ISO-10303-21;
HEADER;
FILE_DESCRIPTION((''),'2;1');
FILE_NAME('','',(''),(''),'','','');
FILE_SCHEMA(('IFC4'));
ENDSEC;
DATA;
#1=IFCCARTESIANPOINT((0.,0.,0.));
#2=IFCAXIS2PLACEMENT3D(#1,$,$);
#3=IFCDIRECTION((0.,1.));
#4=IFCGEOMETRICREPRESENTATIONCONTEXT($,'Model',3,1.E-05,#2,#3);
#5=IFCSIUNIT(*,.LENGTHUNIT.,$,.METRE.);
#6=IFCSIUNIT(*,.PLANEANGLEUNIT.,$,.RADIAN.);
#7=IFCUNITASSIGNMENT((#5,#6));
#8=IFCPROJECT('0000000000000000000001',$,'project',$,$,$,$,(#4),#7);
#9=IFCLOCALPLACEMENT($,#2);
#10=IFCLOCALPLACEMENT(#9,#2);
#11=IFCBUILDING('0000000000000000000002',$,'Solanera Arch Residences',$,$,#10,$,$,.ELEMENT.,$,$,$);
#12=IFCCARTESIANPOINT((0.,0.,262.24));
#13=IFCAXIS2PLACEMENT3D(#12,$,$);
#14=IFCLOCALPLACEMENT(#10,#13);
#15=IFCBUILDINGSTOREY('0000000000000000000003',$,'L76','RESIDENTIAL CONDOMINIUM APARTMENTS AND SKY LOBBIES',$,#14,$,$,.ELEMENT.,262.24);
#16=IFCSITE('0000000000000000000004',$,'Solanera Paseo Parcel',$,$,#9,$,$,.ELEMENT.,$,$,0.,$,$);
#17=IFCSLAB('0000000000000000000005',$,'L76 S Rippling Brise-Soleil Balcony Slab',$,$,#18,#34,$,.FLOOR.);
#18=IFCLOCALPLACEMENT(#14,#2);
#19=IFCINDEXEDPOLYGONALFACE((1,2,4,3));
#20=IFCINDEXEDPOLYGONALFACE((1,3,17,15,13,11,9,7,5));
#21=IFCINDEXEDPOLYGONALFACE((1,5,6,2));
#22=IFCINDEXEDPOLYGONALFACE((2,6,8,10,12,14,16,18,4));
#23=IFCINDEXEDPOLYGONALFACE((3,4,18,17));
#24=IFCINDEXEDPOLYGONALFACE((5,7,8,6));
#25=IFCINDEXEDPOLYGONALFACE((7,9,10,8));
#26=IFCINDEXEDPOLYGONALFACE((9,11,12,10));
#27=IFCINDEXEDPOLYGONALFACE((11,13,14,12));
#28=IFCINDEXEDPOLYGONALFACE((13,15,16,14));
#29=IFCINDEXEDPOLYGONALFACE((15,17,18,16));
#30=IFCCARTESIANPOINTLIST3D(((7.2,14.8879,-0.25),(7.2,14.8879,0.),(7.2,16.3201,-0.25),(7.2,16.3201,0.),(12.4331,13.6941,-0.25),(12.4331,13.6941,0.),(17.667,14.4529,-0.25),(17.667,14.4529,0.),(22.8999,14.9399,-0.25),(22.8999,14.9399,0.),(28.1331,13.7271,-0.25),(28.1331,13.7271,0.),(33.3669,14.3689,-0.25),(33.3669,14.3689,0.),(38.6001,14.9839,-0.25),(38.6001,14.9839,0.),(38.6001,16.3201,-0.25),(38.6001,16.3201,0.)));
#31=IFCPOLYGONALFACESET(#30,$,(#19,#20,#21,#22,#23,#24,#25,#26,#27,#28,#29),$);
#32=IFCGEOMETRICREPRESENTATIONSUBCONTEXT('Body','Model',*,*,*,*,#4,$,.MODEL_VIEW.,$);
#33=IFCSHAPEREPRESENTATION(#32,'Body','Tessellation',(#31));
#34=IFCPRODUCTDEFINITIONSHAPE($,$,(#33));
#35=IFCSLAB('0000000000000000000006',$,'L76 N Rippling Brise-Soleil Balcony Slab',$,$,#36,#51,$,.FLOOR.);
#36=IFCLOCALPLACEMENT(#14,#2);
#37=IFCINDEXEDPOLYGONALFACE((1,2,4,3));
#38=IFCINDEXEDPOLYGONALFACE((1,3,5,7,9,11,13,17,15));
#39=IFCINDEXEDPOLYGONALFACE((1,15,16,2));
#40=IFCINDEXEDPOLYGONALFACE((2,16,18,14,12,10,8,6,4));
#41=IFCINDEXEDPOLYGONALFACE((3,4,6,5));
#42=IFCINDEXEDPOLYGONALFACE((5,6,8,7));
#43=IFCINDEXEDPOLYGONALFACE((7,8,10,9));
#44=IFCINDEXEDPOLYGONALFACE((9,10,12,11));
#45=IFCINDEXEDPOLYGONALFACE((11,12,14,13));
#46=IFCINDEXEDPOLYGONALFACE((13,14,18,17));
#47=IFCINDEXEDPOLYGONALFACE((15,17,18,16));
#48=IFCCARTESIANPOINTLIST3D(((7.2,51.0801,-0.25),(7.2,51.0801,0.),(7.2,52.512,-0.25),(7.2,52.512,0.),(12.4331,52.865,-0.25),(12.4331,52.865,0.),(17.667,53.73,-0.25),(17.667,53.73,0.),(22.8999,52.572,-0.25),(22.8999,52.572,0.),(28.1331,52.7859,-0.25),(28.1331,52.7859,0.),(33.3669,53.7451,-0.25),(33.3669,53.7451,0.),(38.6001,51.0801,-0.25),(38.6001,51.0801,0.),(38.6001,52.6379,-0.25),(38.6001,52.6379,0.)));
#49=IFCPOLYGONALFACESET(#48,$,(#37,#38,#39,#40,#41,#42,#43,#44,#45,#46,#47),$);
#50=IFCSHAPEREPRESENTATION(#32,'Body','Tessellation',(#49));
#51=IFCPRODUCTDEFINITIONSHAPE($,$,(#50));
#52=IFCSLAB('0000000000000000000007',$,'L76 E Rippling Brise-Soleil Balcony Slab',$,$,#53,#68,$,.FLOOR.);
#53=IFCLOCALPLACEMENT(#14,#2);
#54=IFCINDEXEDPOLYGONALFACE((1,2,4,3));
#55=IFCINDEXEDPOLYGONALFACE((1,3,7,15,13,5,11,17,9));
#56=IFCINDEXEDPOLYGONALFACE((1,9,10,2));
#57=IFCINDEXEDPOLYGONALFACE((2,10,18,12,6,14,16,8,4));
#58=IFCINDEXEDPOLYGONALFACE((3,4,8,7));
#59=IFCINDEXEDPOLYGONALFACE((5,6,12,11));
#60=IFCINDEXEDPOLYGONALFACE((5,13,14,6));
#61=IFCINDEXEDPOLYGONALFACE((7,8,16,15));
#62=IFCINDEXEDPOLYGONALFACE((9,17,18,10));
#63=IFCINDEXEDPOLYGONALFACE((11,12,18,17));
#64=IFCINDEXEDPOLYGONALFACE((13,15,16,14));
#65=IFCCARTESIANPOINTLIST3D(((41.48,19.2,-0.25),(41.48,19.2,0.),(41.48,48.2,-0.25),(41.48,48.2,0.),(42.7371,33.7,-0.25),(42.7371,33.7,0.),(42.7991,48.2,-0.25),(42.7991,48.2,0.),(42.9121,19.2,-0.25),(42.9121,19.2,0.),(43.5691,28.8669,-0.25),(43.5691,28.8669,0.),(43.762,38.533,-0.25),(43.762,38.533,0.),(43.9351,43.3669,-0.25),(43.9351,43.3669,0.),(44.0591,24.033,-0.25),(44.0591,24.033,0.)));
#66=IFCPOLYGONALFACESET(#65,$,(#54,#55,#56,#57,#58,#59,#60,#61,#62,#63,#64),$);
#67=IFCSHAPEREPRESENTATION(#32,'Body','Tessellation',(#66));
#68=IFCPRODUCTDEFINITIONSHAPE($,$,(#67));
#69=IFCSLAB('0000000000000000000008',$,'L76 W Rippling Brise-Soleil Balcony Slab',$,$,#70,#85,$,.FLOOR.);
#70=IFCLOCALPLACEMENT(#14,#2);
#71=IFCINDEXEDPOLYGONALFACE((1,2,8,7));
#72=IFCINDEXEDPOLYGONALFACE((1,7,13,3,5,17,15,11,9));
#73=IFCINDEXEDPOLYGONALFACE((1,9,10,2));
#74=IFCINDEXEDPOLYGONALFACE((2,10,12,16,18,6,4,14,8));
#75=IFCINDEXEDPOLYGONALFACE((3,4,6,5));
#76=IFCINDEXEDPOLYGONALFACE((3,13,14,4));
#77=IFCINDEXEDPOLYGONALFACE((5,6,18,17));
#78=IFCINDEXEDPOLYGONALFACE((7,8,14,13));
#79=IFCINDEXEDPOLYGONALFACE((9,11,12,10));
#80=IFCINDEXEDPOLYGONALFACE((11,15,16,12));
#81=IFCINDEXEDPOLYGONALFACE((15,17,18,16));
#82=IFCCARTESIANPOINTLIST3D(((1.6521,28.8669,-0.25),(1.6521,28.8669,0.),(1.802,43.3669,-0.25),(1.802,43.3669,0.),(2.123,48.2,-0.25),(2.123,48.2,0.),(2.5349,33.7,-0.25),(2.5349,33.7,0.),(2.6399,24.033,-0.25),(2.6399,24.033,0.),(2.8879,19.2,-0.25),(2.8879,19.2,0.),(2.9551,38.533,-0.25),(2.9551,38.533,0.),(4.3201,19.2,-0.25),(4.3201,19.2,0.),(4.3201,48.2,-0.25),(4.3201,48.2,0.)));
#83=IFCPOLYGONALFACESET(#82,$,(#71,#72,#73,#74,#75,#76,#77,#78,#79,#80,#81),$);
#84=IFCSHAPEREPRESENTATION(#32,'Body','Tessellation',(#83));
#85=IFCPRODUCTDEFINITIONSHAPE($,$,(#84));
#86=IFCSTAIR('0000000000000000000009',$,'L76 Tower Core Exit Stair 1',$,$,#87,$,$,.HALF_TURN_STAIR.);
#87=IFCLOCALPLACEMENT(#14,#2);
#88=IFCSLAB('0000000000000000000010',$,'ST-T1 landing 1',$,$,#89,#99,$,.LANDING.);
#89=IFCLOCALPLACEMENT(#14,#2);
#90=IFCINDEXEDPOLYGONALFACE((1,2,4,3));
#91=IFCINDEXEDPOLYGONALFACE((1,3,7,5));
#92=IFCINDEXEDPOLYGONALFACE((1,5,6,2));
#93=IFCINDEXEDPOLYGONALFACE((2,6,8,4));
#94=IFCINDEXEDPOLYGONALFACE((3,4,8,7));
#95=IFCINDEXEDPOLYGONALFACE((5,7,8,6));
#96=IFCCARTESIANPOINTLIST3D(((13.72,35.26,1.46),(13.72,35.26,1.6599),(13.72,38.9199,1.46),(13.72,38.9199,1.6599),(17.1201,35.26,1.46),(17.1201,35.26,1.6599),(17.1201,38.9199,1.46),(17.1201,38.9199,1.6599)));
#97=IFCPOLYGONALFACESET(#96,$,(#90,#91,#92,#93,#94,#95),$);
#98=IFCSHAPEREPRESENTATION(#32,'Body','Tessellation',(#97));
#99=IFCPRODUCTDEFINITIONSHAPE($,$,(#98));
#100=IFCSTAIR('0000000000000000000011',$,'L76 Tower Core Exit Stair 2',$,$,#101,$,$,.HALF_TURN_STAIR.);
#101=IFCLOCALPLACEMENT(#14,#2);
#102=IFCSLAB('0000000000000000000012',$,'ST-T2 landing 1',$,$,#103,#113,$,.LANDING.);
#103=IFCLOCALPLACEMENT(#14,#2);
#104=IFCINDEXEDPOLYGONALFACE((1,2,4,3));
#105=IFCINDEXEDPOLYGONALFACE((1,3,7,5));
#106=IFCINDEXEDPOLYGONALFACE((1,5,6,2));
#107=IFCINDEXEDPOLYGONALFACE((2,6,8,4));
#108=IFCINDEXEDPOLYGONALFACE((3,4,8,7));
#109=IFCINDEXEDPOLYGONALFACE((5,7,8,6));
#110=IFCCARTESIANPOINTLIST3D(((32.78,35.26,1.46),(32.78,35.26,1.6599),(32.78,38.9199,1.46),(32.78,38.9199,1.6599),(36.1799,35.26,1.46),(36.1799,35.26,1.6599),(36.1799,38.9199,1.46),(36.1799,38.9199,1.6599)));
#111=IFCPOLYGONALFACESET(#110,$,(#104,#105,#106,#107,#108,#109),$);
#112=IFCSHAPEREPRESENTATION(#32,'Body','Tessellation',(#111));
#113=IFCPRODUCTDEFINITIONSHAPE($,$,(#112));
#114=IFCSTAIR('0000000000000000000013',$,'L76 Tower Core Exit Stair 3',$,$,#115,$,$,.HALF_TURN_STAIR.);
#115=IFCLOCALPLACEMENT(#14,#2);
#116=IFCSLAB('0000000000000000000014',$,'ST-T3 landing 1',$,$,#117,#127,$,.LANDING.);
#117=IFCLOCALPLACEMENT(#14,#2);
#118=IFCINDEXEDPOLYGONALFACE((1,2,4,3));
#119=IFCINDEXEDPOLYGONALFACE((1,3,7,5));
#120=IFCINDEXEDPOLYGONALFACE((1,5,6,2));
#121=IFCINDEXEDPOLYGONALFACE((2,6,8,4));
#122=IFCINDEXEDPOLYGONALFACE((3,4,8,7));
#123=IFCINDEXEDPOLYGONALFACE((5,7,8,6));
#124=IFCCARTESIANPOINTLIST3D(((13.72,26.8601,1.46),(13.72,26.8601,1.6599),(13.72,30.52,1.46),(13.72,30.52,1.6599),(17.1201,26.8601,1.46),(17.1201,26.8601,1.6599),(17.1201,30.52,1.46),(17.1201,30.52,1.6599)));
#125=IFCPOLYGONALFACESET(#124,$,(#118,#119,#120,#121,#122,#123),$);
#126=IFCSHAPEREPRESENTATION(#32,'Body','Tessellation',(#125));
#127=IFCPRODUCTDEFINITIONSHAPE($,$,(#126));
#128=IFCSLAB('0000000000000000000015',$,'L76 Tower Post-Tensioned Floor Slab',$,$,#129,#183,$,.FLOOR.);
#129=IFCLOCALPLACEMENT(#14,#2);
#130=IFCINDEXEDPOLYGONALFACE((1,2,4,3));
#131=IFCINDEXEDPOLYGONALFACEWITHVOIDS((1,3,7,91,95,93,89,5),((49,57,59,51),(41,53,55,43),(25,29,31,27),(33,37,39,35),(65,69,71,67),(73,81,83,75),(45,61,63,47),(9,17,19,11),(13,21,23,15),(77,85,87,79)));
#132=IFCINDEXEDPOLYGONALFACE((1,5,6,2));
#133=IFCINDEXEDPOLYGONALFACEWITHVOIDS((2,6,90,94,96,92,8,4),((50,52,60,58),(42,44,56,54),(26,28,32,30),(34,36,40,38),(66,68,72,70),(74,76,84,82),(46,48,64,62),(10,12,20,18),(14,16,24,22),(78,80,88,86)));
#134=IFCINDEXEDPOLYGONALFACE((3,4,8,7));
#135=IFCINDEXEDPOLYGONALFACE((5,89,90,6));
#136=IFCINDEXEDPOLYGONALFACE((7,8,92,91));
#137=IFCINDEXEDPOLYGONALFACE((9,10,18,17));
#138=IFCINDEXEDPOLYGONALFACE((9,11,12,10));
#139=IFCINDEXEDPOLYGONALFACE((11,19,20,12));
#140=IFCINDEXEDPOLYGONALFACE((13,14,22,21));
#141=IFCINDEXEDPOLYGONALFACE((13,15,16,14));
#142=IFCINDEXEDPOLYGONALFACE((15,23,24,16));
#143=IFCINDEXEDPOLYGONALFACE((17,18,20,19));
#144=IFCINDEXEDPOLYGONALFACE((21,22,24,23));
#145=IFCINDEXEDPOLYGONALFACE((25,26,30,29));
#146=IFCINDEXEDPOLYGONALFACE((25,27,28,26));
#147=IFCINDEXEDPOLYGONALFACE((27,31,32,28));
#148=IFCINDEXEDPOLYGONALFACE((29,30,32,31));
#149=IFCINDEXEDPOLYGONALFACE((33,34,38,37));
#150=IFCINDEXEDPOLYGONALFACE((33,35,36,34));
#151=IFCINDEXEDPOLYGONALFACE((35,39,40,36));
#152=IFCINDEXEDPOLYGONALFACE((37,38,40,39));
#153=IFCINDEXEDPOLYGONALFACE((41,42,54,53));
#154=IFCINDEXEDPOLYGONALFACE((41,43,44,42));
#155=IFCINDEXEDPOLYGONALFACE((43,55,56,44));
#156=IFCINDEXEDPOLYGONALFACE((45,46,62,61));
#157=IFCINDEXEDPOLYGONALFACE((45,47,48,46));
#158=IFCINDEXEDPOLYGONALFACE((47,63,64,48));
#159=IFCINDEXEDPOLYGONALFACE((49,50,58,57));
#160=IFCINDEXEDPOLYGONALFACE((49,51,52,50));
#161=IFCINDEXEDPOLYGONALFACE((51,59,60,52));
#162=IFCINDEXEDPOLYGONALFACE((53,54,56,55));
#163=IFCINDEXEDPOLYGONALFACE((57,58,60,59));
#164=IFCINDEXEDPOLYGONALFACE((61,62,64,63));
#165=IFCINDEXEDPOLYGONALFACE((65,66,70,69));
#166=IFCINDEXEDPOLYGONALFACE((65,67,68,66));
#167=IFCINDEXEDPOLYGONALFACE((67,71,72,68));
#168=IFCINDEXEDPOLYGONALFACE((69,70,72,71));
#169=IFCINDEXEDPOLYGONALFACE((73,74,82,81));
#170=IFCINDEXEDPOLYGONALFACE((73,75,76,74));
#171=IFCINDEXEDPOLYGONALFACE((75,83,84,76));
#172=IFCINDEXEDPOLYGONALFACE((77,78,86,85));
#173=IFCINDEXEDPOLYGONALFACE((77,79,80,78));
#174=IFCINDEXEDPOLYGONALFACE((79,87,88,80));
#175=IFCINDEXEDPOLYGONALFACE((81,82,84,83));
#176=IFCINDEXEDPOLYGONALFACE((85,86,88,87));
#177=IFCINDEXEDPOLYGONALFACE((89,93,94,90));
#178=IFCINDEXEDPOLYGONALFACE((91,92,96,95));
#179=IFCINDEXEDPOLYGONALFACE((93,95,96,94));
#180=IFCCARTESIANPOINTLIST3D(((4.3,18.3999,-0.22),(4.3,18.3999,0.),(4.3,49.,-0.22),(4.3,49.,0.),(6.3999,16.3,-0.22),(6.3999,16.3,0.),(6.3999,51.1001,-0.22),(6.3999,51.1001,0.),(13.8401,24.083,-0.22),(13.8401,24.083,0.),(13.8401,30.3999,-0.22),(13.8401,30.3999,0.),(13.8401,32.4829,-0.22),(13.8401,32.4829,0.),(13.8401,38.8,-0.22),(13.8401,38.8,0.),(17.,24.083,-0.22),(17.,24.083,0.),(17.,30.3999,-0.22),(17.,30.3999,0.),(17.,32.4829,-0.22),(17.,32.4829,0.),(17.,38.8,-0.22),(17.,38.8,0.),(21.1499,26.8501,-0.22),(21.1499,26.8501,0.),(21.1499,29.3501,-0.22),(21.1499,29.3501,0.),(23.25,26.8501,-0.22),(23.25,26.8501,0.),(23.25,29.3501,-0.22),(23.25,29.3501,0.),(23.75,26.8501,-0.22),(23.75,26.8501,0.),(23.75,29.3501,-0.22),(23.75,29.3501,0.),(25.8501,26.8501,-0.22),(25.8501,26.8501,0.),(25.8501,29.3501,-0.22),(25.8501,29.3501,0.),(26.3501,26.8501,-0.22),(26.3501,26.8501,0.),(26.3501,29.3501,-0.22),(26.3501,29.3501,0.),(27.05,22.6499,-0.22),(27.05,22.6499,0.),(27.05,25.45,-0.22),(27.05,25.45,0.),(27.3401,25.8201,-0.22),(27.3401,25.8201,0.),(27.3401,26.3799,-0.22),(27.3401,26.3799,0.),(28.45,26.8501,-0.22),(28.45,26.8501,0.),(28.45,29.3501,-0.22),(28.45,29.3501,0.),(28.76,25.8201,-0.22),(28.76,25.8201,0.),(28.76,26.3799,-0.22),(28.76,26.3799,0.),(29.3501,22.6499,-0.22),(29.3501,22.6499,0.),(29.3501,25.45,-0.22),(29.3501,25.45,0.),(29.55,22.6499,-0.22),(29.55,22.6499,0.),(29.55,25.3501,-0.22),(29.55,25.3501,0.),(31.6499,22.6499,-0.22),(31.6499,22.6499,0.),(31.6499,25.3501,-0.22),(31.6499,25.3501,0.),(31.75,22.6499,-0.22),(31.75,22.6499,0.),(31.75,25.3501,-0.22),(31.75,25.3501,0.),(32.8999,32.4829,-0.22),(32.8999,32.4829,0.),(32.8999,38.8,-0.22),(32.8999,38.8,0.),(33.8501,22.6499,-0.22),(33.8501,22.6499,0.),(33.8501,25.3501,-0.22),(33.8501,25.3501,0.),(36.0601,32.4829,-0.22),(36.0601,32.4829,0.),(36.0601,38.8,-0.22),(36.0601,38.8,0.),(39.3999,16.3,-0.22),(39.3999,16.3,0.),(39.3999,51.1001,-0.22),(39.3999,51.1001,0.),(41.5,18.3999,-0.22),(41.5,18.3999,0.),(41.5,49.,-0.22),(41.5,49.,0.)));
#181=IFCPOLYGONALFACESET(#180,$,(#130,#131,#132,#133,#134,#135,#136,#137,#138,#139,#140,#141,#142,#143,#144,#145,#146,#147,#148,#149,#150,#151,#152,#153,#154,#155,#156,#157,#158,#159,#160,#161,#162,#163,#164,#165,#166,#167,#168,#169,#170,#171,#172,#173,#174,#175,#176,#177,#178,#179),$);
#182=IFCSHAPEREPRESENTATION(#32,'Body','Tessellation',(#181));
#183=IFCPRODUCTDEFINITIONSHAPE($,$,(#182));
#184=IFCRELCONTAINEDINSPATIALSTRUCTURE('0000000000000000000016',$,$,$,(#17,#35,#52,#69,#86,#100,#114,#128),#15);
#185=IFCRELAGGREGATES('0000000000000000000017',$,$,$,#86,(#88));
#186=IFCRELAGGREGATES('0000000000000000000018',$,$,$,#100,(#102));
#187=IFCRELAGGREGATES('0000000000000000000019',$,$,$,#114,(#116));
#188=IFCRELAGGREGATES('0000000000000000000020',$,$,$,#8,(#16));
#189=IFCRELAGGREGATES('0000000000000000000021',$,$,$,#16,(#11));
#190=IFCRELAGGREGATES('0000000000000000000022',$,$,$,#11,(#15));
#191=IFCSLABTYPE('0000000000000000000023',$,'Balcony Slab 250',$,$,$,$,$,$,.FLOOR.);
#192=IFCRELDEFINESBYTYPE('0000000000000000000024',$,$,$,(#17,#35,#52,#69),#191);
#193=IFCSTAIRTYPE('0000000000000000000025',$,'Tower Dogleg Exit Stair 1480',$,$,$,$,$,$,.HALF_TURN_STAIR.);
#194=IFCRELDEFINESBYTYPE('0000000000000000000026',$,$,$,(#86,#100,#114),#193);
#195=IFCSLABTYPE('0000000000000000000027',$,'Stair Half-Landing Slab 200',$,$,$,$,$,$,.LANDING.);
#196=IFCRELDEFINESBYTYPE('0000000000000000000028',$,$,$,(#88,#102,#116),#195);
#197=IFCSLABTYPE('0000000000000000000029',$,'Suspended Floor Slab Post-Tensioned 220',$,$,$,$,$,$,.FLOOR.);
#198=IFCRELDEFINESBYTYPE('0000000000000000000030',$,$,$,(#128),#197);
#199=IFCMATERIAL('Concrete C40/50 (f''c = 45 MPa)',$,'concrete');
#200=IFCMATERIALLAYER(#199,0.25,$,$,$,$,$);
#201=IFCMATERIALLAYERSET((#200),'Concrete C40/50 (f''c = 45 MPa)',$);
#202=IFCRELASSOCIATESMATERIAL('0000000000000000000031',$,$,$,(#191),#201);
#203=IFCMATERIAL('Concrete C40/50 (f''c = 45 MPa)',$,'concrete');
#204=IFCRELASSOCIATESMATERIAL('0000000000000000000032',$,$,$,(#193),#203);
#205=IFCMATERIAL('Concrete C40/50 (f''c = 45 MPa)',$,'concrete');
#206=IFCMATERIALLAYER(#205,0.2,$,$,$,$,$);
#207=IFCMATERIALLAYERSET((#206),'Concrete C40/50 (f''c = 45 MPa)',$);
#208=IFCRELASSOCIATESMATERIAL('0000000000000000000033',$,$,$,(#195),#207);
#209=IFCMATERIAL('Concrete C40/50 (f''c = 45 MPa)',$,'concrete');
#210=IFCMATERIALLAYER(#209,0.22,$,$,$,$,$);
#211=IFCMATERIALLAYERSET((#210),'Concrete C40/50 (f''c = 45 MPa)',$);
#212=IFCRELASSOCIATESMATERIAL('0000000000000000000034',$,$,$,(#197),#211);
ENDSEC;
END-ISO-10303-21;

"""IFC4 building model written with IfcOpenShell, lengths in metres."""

from ifc_helpers import new_model, si_unit, direction, frame, origin, place, context, subcontext, project, spatial, polyline, outline, extrude, material, layer, layer_set, type_object, element, aggregate, save


model = new_model("IFC4")

# Units and contexts
model_context = context("Model", 3, precision=1e-05, world=origin(), true_north=direction((0.0, 1.0)))
body_context = subcontext(model_context, "Body", "Model", "MODEL_VIEW")
ifc_project = project(units=[si_unit("LENGTHUNIT", "METRE"), si_unit("PLANEANGLEUNIT", "RADIAN")], contexts=[model_context])

# Site, building, storey
site_placement = place(None, origin())
site = spatial("IfcSite", under=ifc_project, at=site_placement, Name="Solanera Paseo Parcel", CompositionType="ELEMENT", RefElevation=0.0)
building_placement = place(site_placement, origin())
building = spatial("IfcBuilding", under=site, at=building_placement, Name="Solanera Arch Residences", CompositionType="ELEMENT")
storey_placement = place(building_placement, frame((0.0, 0.0, 262.24)))
storey = spatial("IfcBuildingStorey", under=building, at=storey_placement, Name="L76", Description="RESIDENTIAL CONDOMINIUM APARTMENTS AND SKY LOBBIES", CompositionType="ELEMENT", Elevation=262.24)

# Slabs
ifc_material_1 = material(Name="Concrete C40/50 (f'c = 45 MPa)", Category="concrete")
ifc_layer_1 = layer(ifc_material_1, 0.25)
ifc_layer_set_1 = layer_set([ifc_layer_1], Name="Concrete C40/50 (f'c = 45 MPa)")
slab_type_1 = type_object("IfcSlabType", Name="Balcony Slab 250", PredefinedType="FLOOR", material=ifc_layer_set_1)
slab_1_placement = place(storey_placement, frame((0.0, 0.0, -0.25)))
element("IfcSlab", 1, at=slab_1_placement, inside=storey, type_object=slab_type_1, Name="L76 S Rippling Brise-Soleil Balcony Slab", PredefinedType="FLOOR", context=body_context, shape_type="SweptSolid", body=[
    extrude(outline(polyline([(7.2, 14.8879), (12.4331, 13.6941), (17.667, 14.4529), (22.8999, 14.9399), (28.1331, 13.7271), (33.3669, 14.3689), (38.6001, 14.9839), (38.6001, 16.3201), (7.2, 16.3201), (7.2, 14.8879)])), origin(), (0.0, 0.0, 1.0), 0.25),
])
slab_2_placement = place(storey_placement, frame((0.0, 0.0, -0.25)))
element("IfcSlab", 2, at=slab_2_placement, inside=storey, type_object=slab_type_1, Name="L76 N Rippling Brise-Soleil Balcony Slab", PredefinedType="FLOOR", context=body_context, shape_type="SweptSolid", body=[
    extrude(outline(polyline([(38.6001, 52.6379), (33.3669, 53.7451), (28.1331, 52.7859), (22.8999, 52.572), (17.667, 53.73), (12.4331, 52.865), (7.2, 52.512), (7.2, 51.0801), (38.6001, 51.0801), (38.6001, 52.6379)])), origin(), (0.0, 0.0, 1.0), 0.25),
])
slab_3_placement = place(storey_placement, frame((0.0, 0.0, -0.25)))
element("IfcSlab", 3, at=slab_3_placement, inside=storey, type_object=slab_type_1, Name="L76 E Rippling Brise-Soleil Balcony Slab", PredefinedType="FLOOR", context=body_context, shape_type="SweptSolid", body=[
    extrude(outline(polyline([(42.9121, 19.2), (44.0591, 24.033), (43.5691, 28.8669), (42.7371, 33.7), (43.762, 38.533), (43.9351, 43.3669), (42.7991, 48.2), (41.48, 48.2), (41.48, 19.2), (42.9121, 19.2)])), origin(), (0.0, 0.0, 1.0), 0.25),
])
slab_4_placement = place(storey_placement, frame((0.0, 0.0, -0.25)))
element("IfcSlab", 4, at=slab_4_placement, inside=storey, type_object=slab_type_1, Name="L76 W Rippling Brise-Soleil Balcony Slab", PredefinedType="FLOOR", context=body_context, shape_type="SweptSolid", body=[
    extrude(outline(polyline([(2.123, 48.2), (1.802, 43.3669), (2.9551, 38.533), (2.5349, 33.7), (1.6521, 28.8669), (2.6399, 24.033), (2.8879, 19.2), (4.3201, 19.2), (4.3201, 48.2), (2.123, 48.2)])), origin(), (0.0, 0.0, 1.0), 0.25),
])

# Stairs, slabs
ifc_material_2 = material(Name="Concrete C40/50 (f'c = 45 MPa)", Category="concrete")
stair_type = type_object("IfcStairType", Name="Tower Dogleg Exit Stair 1480", PredefinedType="HALF_TURN_STAIR", material=ifc_material_2)
stair_1_placement = place(storey_placement, origin())
stair_1 = element("IfcStair", 5, at=stair_1_placement, inside=storey, type_object=stair_type, Name="L76 Tower Core Exit Stair 1", PredefinedType="HALF_TURN_STAIR")
ifc_material_3 = material(Name="Concrete C40/50 (f'c = 45 MPa)", Category="concrete")
ifc_layer_2 = layer(ifc_material_3, 0.2)
ifc_layer_set_2 = layer_set([ifc_layer_2], Name="Concrete C40/50 (f'c = 45 MPa)")
slab_type_2 = type_object("IfcSlabType", Name="Stair Half-Landing Slab 200", PredefinedType="LANDING", material=ifc_layer_set_2)
slab_5_placement = place(storey_placement, frame((0.0, 0.0, 1.46)))
slab_5 = element("IfcSlab", 6, at=slab_5_placement, type_object=slab_type_2, Name="ST-T1 landing 1", PredefinedType="LANDING", context=body_context, shape_type="SweptSolid", body=[
    extrude(outline(polyline([(17.1201, 35.26), (17.1201, 38.9199), (13.72, 38.9199), (13.72, 35.26), (17.1201, 35.26)])), origin(), (0.0, 0.0, 1.0), 0.2),
])
aggregate(stair_1, [slab_5])
stair_2_placement = place(storey_placement, origin())
stair_2 = element("IfcStair", 7, at=stair_2_placement, inside=storey, type_object=stair_type, Name="L76 Tower Core Exit Stair 2", PredefinedType="HALF_TURN_STAIR")
slab_6_placement = place(storey_placement, frame((0.0, 0.0, 1.46)))
slab_6 = element("IfcSlab", 8, at=slab_6_placement, type_object=slab_type_2, Name="ST-T2 landing 1", PredefinedType="LANDING", context=body_context, shape_type="SweptSolid", body=[
    extrude(outline(polyline([(36.1799, 35.26), (36.1799, 38.9199), (32.78, 38.9199), (32.78, 35.26), (36.1799, 35.26)])), origin(), (0.0, 0.0, 1.0), 0.2),
])
aggregate(stair_2, [slab_6])
stair_3_placement = place(storey_placement, origin())
stair_3 = element("IfcStair", 9, at=stair_3_placement, inside=storey, type_object=stair_type, Name="L76 Tower Core Exit Stair 3", PredefinedType="HALF_TURN_STAIR")
slab_7_placement = place(storey_placement, frame((0.0, 0.0, 1.46)))
slab_7 = element("IfcSlab", 10, at=slab_7_placement, type_object=slab_type_2, Name="ST-T3 landing 1", PredefinedType="LANDING", context=body_context, shape_type="SweptSolid", body=[
    extrude(outline(polyline([(17.1201, 26.8601), (17.1201, 30.52), (13.72, 30.52), (13.72, 26.8601), (17.1201, 26.8601)])), origin(), (0.0, 0.0, 1.0), 0.2),
])
aggregate(stair_3, [slab_7])

# Slab
ifc_material_4 = material(Name="Concrete C40/50 (f'c = 45 MPa)", Category="concrete")
ifc_layer_3 = layer(ifc_material_4, 0.22)
ifc_layer_set_3 = layer_set([ifc_layer_3], Name="Concrete C40/50 (f'c = 45 MPa)")
slab_type_3 = type_object("IfcSlabType", Name="Suspended Floor Slab Post-Tensioned 220", PredefinedType="FLOOR", material=ifc_layer_set_3)
slab_8_placement = place(storey_placement, frame((0.0, 0.0, -0.22)))
element("IfcSlab", 11, at=slab_8_placement, inside=storey, type_object=slab_type_3, Name="L76 Tower Post-Tensioned Floor Slab", PredefinedType="FLOOR", context=body_context, shape_type="SweptSolid", body=[
    extrude(outline(polyline([(6.3999, 16.3), (39.3999, 16.3), (41.5, 18.3999), (41.5, 49.0), (39.3999, 51.1001), (6.3999, 51.1001), (4.3, 49.0), (4.3, 18.3999), (6.3999, 16.3)]), holes=[polyline([(13.8401, 32.4829), (13.8401, 38.8), (17.0, 38.8), (17.0, 32.4829), (13.8401, 32.4829)]), polyline([(32.8999, 32.4829), (32.8999, 38.8), (36.0601, 38.8), (36.0601, 32.4829), (32.8999, 32.4829)]), polyline([(13.8401, 24.083), (13.8401, 30.3999), (17.0, 30.3999), (17.0, 24.083), (13.8401, 24.083)]), polyline([(21.1499, 29.3501), (23.25, 29.3501), (23.25, 26.8501), (21.1499, 26.8501), (21.1499, 29.3501)]), polyline([(23.75, 29.3501), (25.8501, 29.3501), (25.8501, 26.8501), (23.75, 26.8501), (23.75, 29.3501)]), polyline([(26.3501, 29.3501), (28.45, 29.3501), (28.45, 26.8501), (26.3501, 26.8501), (26.3501, 29.3501)]), polyline([(29.55, 25.3501), (31.6499, 25.3501), (31.6499, 22.6499), (29.55, 22.6499), (29.55, 25.3501)]), polyline([(31.75, 25.3501), (33.8501, 25.3501), (33.8501, 22.6499), (31.75, 22.6499), (31.75, 25.3501)]), polyline([(27.05, 25.45), (29.3501, 25.45), (29.3501, 22.6499), (27.05, 22.6499), (27.05, 25.45)]), polyline([(27.3401, 26.3799), (28.76, 26.3799), (28.76, 25.8201), (27.3401, 25.8201), (27.3401, 26.3799)])]), origin(), (0.0, 0.0, 1.0), 0.22),
])

save(model, "model.ifc")
